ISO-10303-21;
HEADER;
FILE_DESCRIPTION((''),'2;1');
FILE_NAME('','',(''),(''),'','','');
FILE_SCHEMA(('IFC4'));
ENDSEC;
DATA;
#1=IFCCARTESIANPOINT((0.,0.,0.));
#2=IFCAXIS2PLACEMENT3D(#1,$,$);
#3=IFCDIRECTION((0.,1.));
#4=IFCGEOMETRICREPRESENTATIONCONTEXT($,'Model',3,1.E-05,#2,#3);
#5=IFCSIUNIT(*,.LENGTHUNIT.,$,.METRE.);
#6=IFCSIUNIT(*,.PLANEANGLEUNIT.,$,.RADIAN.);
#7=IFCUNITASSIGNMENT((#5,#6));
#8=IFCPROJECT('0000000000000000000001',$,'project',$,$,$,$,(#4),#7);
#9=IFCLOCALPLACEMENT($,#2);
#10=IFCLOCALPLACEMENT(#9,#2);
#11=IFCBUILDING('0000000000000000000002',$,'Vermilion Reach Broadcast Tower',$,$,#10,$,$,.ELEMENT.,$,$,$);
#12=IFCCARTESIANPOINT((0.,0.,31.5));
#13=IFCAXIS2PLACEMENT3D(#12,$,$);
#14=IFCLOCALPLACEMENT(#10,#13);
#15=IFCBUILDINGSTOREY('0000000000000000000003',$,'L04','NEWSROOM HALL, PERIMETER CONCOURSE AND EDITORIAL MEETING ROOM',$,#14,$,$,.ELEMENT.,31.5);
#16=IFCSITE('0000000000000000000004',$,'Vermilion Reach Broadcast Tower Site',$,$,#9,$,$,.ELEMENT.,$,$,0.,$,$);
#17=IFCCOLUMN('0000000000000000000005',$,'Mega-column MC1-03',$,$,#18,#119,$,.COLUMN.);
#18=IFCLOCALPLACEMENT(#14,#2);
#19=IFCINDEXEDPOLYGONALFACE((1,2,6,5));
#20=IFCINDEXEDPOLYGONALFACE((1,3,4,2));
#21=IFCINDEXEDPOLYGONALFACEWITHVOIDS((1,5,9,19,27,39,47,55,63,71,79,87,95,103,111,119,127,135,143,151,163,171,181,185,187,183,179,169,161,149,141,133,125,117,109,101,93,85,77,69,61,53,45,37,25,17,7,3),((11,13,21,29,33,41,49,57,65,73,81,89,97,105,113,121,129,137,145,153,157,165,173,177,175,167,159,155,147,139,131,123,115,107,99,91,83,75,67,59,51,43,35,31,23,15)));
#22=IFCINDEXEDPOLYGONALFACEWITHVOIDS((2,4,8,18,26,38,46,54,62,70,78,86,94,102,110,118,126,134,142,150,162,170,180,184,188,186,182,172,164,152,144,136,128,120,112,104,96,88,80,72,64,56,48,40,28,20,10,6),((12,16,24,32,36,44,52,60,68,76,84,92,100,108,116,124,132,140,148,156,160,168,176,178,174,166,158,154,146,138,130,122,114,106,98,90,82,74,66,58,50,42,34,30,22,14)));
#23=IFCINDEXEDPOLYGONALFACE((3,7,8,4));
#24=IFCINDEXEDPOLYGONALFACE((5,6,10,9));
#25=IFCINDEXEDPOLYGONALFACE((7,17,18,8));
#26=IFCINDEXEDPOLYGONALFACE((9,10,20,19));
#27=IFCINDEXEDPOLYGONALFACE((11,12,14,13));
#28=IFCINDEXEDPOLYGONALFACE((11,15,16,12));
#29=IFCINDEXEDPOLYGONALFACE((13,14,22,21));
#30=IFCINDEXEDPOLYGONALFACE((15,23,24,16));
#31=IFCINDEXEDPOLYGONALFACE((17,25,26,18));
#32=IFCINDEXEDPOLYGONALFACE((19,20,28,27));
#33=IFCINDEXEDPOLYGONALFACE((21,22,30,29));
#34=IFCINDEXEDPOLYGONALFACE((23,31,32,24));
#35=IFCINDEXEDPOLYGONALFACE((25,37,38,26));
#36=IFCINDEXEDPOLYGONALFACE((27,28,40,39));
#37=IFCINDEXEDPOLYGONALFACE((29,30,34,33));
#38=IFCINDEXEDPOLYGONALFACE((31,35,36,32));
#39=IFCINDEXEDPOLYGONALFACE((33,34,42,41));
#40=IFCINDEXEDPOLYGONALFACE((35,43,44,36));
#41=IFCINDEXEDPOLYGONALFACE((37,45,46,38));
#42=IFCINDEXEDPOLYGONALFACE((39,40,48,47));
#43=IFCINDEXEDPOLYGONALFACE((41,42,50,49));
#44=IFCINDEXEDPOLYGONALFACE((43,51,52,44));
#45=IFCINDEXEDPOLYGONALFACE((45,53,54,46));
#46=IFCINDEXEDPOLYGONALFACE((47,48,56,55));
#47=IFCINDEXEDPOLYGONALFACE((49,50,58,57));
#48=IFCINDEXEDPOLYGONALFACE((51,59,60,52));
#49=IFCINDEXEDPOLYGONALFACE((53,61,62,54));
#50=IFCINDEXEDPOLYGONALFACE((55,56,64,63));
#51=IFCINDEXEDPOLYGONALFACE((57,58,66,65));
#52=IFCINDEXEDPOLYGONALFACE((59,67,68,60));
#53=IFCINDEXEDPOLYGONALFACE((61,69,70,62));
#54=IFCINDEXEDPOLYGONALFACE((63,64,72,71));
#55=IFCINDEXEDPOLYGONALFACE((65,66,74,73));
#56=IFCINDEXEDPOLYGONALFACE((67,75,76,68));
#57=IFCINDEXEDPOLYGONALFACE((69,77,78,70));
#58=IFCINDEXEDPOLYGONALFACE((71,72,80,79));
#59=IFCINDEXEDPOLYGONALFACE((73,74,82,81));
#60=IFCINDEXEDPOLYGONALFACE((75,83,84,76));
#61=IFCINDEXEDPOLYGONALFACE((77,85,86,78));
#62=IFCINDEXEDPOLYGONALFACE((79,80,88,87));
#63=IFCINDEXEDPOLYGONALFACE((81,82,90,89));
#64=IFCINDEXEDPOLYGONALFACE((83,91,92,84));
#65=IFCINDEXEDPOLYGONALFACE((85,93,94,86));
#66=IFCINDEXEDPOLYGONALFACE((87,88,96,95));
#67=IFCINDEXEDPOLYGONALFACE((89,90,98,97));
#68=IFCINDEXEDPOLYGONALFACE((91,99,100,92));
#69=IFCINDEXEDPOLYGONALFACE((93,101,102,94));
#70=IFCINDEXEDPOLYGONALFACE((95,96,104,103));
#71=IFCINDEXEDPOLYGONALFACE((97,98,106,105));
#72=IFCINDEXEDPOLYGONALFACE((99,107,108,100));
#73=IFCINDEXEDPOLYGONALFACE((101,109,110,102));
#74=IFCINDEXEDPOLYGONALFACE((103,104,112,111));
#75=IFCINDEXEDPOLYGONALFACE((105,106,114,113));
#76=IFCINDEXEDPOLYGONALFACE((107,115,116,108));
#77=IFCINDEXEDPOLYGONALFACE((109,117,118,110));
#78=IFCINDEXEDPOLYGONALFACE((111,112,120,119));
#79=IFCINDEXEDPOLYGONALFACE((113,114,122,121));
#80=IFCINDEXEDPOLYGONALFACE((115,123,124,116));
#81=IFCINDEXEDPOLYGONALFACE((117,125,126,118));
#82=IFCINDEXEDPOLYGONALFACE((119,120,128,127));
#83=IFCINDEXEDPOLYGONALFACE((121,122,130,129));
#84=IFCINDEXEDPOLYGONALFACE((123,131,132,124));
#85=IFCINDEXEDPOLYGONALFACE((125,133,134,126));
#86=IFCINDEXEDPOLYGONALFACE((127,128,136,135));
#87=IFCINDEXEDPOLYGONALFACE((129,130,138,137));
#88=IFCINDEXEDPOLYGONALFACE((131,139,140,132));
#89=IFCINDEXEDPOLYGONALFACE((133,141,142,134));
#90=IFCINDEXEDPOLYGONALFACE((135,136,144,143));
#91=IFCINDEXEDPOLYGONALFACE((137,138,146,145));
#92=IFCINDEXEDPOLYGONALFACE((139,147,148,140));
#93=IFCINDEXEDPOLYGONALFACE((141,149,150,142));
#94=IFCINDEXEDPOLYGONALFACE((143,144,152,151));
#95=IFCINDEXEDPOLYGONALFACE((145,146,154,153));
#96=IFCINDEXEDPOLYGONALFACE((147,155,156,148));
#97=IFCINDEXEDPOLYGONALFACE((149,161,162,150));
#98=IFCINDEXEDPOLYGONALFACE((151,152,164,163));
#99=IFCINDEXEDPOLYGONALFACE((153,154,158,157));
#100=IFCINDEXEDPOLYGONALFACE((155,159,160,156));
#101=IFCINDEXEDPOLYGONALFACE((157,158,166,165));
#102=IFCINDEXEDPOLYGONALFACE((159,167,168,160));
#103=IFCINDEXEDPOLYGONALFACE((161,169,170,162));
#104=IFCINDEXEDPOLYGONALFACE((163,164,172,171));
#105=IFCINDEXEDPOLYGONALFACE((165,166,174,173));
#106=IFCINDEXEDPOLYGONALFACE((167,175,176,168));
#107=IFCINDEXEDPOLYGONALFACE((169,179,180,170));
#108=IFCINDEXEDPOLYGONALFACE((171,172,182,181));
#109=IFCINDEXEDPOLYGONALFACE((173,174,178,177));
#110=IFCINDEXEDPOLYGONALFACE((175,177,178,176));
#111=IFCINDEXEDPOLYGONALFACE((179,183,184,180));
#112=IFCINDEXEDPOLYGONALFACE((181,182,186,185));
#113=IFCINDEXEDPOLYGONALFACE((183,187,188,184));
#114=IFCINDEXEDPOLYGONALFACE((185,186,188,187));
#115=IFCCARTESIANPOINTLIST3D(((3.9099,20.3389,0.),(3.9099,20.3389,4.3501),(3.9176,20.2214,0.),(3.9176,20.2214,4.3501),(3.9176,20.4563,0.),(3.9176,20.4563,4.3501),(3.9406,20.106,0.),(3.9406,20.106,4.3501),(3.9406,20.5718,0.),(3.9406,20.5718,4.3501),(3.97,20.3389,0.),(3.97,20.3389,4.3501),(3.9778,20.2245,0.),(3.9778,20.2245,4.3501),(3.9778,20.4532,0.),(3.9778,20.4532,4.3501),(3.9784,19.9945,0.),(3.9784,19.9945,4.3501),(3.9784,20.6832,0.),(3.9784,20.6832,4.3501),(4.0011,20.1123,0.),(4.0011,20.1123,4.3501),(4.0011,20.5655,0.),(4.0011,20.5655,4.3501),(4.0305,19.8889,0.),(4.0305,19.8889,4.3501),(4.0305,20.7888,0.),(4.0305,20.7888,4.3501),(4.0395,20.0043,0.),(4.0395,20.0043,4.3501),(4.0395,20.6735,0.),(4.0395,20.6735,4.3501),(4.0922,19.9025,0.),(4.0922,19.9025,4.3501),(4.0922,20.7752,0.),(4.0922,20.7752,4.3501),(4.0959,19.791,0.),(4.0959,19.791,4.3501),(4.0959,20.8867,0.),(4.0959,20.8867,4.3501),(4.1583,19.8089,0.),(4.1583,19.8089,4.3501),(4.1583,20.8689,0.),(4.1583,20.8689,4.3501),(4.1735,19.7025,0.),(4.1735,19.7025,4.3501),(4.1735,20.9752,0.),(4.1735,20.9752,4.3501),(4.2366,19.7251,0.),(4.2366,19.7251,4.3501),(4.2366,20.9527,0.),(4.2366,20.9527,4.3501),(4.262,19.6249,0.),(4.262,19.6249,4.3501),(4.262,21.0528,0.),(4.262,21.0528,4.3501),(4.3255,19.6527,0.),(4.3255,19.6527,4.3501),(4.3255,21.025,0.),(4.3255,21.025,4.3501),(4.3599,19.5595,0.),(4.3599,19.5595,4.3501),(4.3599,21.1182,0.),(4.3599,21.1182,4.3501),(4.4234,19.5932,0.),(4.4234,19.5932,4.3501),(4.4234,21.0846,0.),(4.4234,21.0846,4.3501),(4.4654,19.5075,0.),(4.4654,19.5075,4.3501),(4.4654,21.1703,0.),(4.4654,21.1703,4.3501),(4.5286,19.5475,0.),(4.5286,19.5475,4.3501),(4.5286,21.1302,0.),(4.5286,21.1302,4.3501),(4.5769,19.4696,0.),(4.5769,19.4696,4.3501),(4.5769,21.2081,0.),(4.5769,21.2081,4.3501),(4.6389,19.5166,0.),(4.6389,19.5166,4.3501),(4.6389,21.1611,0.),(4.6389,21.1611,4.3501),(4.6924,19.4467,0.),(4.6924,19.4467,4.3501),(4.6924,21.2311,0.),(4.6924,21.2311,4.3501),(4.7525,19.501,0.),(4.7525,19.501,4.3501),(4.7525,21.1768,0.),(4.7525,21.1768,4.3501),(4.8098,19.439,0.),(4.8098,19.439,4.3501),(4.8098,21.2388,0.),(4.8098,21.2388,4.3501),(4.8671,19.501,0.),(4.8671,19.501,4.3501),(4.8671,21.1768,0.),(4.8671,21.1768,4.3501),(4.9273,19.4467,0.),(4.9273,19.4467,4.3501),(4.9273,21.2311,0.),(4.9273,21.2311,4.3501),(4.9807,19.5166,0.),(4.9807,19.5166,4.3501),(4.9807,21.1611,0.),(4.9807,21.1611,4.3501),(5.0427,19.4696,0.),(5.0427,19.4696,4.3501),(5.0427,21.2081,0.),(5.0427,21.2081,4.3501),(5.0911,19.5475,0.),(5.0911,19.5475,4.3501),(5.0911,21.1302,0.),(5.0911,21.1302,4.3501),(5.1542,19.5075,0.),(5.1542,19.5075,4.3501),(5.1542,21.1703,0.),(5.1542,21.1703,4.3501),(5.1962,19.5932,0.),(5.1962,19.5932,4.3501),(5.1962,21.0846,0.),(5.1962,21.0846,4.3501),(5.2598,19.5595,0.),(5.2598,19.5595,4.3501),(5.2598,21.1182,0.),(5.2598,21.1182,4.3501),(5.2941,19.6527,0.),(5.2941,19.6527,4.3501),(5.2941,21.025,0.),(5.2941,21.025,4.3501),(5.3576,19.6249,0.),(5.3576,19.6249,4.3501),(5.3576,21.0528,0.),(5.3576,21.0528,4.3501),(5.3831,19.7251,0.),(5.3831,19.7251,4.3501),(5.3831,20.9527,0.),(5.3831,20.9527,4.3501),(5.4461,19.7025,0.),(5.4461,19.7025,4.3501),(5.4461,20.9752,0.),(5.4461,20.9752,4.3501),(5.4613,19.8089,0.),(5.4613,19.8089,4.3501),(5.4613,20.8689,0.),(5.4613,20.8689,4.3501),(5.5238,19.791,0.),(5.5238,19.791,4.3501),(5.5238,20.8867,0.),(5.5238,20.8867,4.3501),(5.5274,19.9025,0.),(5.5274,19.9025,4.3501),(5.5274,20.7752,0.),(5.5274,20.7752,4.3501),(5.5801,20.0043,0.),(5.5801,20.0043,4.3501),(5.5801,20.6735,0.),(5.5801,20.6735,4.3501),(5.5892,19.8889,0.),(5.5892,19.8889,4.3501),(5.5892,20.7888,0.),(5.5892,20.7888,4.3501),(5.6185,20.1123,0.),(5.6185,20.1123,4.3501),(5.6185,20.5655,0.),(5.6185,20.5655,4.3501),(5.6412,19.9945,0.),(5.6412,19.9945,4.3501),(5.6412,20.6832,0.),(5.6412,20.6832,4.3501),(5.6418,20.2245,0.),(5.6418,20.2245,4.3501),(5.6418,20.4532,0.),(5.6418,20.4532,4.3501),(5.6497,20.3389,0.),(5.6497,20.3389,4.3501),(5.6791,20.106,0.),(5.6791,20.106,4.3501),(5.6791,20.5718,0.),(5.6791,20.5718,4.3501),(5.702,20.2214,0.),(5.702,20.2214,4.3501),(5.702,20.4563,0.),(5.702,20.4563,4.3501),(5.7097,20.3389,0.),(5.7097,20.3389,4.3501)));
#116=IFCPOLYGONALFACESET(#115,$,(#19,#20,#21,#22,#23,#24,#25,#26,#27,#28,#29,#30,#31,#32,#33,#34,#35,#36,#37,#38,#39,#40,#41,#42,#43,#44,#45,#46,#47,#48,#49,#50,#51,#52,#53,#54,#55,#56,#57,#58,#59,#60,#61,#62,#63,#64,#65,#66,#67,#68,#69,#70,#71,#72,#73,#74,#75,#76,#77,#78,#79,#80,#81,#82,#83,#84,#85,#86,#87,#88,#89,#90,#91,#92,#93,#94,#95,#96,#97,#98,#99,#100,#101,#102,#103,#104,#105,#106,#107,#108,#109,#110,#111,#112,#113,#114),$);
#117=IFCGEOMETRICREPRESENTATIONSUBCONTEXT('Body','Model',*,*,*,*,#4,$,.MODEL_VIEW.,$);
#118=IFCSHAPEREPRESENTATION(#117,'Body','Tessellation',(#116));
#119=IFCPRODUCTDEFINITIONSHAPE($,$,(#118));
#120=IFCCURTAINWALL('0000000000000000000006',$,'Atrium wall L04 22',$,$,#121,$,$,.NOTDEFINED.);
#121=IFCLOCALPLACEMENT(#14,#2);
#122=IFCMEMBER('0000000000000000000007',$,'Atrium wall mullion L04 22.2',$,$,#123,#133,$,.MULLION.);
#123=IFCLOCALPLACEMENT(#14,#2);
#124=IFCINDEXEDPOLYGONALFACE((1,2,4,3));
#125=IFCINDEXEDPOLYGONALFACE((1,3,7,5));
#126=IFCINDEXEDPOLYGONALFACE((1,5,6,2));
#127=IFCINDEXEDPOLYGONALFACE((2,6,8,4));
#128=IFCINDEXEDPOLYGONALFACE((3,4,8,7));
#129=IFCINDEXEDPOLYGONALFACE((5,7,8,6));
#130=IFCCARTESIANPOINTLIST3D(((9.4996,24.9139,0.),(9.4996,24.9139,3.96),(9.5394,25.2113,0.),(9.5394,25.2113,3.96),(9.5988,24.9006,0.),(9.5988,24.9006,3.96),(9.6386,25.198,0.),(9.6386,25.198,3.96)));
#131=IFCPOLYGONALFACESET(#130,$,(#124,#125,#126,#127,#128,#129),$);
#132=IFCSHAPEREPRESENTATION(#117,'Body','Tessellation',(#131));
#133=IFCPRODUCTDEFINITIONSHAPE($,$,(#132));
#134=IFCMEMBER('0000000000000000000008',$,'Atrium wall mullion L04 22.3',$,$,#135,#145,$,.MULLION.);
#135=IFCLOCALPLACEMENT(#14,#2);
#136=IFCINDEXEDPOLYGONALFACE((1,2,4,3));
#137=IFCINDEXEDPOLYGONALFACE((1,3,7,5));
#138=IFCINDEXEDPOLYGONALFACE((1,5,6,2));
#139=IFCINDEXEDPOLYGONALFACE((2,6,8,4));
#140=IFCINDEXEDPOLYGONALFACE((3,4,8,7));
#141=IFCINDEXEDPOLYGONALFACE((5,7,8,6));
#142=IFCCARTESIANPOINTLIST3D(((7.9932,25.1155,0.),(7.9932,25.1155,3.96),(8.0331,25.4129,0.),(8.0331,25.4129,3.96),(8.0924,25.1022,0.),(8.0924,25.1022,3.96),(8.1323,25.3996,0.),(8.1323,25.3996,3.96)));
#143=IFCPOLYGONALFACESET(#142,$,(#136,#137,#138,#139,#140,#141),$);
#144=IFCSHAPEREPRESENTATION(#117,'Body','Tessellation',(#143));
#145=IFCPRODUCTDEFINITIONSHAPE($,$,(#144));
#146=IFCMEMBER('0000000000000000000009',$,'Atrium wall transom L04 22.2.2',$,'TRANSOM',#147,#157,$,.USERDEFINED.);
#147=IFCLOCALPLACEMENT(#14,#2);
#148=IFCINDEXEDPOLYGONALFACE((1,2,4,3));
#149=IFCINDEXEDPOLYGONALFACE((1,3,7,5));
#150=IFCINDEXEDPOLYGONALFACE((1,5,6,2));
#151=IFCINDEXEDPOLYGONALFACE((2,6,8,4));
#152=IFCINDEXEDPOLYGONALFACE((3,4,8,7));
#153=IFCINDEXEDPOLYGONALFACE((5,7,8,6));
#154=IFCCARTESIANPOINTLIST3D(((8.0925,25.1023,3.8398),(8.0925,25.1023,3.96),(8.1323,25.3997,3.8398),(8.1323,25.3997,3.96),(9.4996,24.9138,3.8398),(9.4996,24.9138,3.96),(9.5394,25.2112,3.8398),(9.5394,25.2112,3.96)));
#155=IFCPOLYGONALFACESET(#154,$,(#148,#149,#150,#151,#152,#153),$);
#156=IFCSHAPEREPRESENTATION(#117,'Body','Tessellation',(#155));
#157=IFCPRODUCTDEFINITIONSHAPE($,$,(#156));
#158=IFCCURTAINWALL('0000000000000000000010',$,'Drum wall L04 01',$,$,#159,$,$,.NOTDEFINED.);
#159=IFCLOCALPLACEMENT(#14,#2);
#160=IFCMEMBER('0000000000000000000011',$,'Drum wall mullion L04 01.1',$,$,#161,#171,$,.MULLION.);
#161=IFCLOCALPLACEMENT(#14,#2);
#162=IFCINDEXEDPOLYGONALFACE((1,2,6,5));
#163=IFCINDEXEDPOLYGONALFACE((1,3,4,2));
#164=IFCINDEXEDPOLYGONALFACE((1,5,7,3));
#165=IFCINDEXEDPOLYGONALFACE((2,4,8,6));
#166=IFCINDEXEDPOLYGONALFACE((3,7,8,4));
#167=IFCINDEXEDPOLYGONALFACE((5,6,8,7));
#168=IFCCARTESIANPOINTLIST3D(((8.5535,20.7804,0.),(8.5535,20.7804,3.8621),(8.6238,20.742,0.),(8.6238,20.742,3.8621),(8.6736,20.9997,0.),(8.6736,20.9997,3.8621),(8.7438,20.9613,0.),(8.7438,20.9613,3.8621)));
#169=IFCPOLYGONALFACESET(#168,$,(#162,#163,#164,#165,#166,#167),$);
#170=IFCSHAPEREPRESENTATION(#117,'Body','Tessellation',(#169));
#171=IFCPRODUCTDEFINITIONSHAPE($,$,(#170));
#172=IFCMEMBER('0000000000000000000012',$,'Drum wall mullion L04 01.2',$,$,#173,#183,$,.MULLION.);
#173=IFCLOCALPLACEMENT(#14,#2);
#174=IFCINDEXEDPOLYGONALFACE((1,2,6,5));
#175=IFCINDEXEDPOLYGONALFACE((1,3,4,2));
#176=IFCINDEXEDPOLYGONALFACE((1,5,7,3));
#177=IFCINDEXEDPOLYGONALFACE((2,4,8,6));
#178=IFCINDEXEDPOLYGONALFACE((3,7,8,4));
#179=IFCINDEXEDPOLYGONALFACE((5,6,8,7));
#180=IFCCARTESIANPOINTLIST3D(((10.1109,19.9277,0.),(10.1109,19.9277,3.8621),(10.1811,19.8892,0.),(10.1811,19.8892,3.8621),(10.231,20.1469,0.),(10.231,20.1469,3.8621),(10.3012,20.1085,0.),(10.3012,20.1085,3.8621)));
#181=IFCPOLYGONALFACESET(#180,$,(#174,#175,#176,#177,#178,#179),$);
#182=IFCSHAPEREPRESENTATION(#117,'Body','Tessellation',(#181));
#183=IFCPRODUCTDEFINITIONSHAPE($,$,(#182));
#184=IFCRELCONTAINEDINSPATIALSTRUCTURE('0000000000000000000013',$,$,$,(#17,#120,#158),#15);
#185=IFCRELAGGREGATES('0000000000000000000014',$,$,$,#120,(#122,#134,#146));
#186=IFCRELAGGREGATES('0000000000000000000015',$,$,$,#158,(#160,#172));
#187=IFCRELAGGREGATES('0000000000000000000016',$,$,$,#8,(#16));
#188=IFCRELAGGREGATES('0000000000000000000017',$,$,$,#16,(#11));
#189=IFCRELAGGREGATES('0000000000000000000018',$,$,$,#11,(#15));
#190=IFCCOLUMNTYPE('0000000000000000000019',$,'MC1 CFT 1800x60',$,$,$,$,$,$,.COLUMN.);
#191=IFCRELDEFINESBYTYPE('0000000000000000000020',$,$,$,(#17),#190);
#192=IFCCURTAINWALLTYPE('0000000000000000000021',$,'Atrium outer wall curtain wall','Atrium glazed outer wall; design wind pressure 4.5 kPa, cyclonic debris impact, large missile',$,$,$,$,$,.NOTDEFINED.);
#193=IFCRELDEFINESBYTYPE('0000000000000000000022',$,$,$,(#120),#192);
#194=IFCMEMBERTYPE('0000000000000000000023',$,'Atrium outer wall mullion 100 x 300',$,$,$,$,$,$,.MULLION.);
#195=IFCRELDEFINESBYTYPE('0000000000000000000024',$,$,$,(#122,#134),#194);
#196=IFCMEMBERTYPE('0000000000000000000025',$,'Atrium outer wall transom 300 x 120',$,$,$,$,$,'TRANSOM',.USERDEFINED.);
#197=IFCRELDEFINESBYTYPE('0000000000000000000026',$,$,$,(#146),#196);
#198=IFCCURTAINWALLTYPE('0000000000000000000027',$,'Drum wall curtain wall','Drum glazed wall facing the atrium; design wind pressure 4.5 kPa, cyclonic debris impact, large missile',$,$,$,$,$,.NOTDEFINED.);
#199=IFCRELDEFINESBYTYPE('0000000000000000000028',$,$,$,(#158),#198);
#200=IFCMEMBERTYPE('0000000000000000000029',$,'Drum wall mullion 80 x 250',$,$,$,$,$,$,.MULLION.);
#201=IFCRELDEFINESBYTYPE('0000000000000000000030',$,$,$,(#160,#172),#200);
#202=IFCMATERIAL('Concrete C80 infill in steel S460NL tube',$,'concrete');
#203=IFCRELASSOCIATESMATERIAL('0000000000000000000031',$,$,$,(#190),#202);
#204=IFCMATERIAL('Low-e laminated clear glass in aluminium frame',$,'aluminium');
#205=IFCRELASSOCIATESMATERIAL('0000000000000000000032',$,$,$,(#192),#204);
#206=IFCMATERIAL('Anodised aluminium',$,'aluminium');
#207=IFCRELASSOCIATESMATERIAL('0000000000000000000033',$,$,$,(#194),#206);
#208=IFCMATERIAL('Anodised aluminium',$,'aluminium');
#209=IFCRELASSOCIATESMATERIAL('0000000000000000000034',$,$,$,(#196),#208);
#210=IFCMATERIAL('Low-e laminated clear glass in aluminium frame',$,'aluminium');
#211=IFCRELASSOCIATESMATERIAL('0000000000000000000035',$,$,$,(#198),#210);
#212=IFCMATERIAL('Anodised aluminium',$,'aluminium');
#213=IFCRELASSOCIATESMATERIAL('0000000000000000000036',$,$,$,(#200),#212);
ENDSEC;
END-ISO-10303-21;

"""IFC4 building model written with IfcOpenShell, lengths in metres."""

from ifc_helpers import new_model, si_unit, direction, frame, origin, origin_2d, place, context, subcontext, project, spatial, rectangle, hollow_circle, extrude, material, material_profile, profile_set, type_object, element, aggregate, save


model = new_model("IFC4")

# Units and contexts
model_context = context("Model", 3, precision=1e-05, world=origin(), true_north=direction((0.0, 1.0)))
body_context = subcontext(model_context, "Body", "Model", "MODEL_VIEW")
ifc_project = project(units=[si_unit("LENGTHUNIT", "METRE"), si_unit("PLANEANGLEUNIT", "RADIAN")], contexts=[model_context])

# Site, building, storey
site_placement = place(None, origin())
site = spatial("IfcSite", under=ifc_project, at=site_placement, Name="Vermilion Reach Broadcast Tower Site", CompositionType="ELEMENT", RefElevation=0.0)
building_placement = place(site_placement, origin())
building = spatial("IfcBuilding", under=site, at=building_placement, Name="Vermilion Reach Broadcast Tower", CompositionType="ELEMENT")
storey_placement = place(building_placement, frame((0.0, 0.0, 31.5)))
storey = spatial("IfcBuildingStorey", under=building, at=storey_placement, Name="L04", Description="NEWSROOM HALL, PERIMETER CONCOURSE AND EDITORIAL MEETING ROOM", CompositionType="ELEMENT", Elevation=31.5)

# Column
ifc_material_1 = material(Name="Concrete C80 infill in steel S460NL tube", Category="concrete")
ifc_material_profile_1 = material_profile(ifc_material_1, hollow_circle(Radius=0.8999, WallThickness=0.0601, at=origin_2d()), Name="Concrete C80 infill in steel S460NL tube CFT 1800x60")
ifc_profile_set_1 = profile_set([ifc_material_profile_1], Name="Concrete C80 infill in steel S460NL tube")
column_type = type_object("IfcColumnType", Name="MC1 CFT 1800x60", PredefinedType="COLUMN", material=ifc_profile_set_1)
column_placement = place(storey_placement, frame((4.8098, 20.3389, 0.0), z_axis=(0.0, 0.0, 1.0), x_axis=(1.0, 0.0, 0.0)))
element("IfcColumn", 1, at=column_placement, inside=storey, type_object=column_type, Name="Mega-column MC1-03", PredefinedType="COLUMN", context=body_context, shape_type="SweptSolid", body=[
    extrude(hollow_circle(Radius=0.8999, WallThickness=0.0601, at=origin_2d()), origin(), (0.0, 0.0, 1.0), 4.3501),
])

# Curtain walls, members
ifc_material_2 = material(Name="Low-e laminated clear glass in aluminium frame", Category="aluminium")
curtain_wall_type_1 = type_object("IfcCurtainWallType", Name="Atrium outer wall curtain wall", Description="Atrium glazed outer wall; design wind pressure 4.5 kPa, cyclonic debris impact, large missile", PredefinedType="NOTDEFINED", material=ifc_material_2)
placement = place(storey_placement, origin())
curtain_wall_1 = element("IfcCurtainWall", 2, at=placement, inside=storey, type_object=curtain_wall_type_1, Name="Atrium wall L04 22", PredefinedType="NOTDEFINED")
ifc_material_3 = material(Name="Anodised aluminium", Category="aluminium")
ifc_material_profile_2 = material_profile(ifc_material_3, rectangle(XDim=0.3, YDim=0.1001, at=origin_2d()), Name="Atrium outer wall mullion 100 x 300")
ifc_profile_set_2 = profile_set([ifc_material_profile_2], Name="Anodised aluminium")
member_type_1 = type_object("IfcMemberType", Name="Atrium outer wall mullion 100 x 300", PredefinedType="MULLION", material=ifc_profile_set_2)
member_1_placement = place(storey_placement, frame((9.5691, 25.0559, 0.0), z_axis=(0.0, 0.0, 1.0), x_axis=(-0.132794, -0.991144, 0.0)))
member_1 = element("IfcMember", 3, at=member_1_placement, type_object=member_type_1, Name="Atrium wall mullion L04 22.2", PredefinedType="MULLION", context=body_context, shape_type="SweptSolid", body=[
    extrude(rectangle(XDim=0.3, YDim=0.1001, at=origin_2d()), origin(), (0.0, 0.0, 1.0), 3.96),
])
member_2_placement = place(storey_placement, frame((8.0627, 25.2576, 0.0), z_axis=(0.0, 0.0, 1.0), x_axis=(-0.132794, -0.991144, 0.0)))
member_2 = element("IfcMember", 4, at=member_2_placement, type_object=member_type_1, Name="Atrium wall mullion L04 22.3", PredefinedType="MULLION", context=body_context, shape_type="SweptSolid", body=[
    extrude(rectangle(XDim=0.3, YDim=0.1001, at=origin_2d()), origin(), (0.0, 0.0, 1.0), 3.96),
])
ifc_material_4 = material(Name="Anodised aluminium", Category="aluminium")
ifc_material_profile_3 = material_profile(ifc_material_4, rectangle(XDim=0.3, YDim=0.1201, at=origin_2d()), Name="Atrium outer wall transom 300 x 120")
ifc_profile_set_3 = profile_set([ifc_material_profile_3], Name="Anodised aluminium")
member_type_2 = type_object("IfcMemberType", Name="Atrium outer wall transom 300 x 120", ElementType="TRANSOM", PredefinedType="USERDEFINED", material=ifc_profile_set_3)
member_3_placement = place(storey_placement, frame((9.5195, 25.0625, 3.8999), z_axis=(-0.99115, 0.132749, 0.0), x_axis=(-0.132749, -0.99115, 0.0)))
member_3 = element("IfcMember", 5, at=member_3_placement, type_object=member_type_2, Name="Atrium wall transom L04 22.2.2", ObjectType="TRANSOM", PredefinedType="USERDEFINED", context=body_context, shape_type="SweptSolid", body=[
    extrude(rectangle(XDim=0.3, YDim=0.1201, at=origin_2d()), origin(), (0.0, 0.0, 1.0), 1.4197),
])
ifc_material_5 = material(Name="Low-e laminated clear glass in aluminium frame", Category="aluminium")
curtain_wall_type_2 = type_object("IfcCurtainWallType", Name="Drum wall curtain wall", Description="Drum glazed wall facing the atrium; design wind pressure 4.5 kPa, cyclonic debris impact, large missile", PredefinedType="NOTDEFINED", material=ifc_material_5)
curtain_wall_2 = element("IfcCurtainWall", 6, at=placement, inside=storey, type_object=curtain_wall_type_2, Name="Drum wall L04 01", PredefinedType="NOTDEFINED")
ifc_material_6 = material(Name="Anodised aluminium", Category="aluminium")
ifc_material_profile_4 = material_profile(ifc_material_6, rectangle(XDim=0.25, YDim=0.0801, at=origin_2d()), Name="Drum wall mullion 80 x 250")
ifc_profile_set_4 = profile_set([ifc_material_profile_4], Name="Anodised aluminium")
member_type_3 = type_object("IfcMemberType", Name="Drum wall mullion 80 x 250", PredefinedType="MULLION", material=ifc_profile_set_4)
member_4_placement = place(storey_placement, frame((8.6487, 20.8708, 0.0), z_axis=(0.0, 0.0, 1.0), x_axis=(0.480269, 0.877121, 0.0)))
member_4 = element("IfcMember", 7, at=member_4_placement, type_object=member_type_3, Name="Drum wall mullion L04 01.1", PredefinedType="MULLION", context=body_context, shape_type="SweptSolid", body=[
    extrude(rectangle(XDim=0.25, YDim=0.0801, at=origin_2d()), origin(), (0.0, 0.0, 1.0), 3.8621),
])
member_5_placement = place(storey_placement, frame((10.2061, 20.0181, 0.0), z_axis=(0.0, 0.0, 1.0), x_axis=(0.480269, 0.877121, 0.0)))
member_5 = element("IfcMember", 8, at=member_5_placement, type_object=member_type_3, Name="Drum wall mullion L04 01.2", PredefinedType="MULLION", context=body_context, shape_type="SweptSolid", body=[
    extrude(rectangle(XDim=0.25, YDim=0.0801, at=origin_2d()), origin(), (0.0, 0.0, 1.0), 3.8621),
])

aggregate(curtain_wall_1, [member_1, member_2, member_3])
aggregate(curtain_wall_2, [member_4, member_5])

save(model, "model.ifc")
